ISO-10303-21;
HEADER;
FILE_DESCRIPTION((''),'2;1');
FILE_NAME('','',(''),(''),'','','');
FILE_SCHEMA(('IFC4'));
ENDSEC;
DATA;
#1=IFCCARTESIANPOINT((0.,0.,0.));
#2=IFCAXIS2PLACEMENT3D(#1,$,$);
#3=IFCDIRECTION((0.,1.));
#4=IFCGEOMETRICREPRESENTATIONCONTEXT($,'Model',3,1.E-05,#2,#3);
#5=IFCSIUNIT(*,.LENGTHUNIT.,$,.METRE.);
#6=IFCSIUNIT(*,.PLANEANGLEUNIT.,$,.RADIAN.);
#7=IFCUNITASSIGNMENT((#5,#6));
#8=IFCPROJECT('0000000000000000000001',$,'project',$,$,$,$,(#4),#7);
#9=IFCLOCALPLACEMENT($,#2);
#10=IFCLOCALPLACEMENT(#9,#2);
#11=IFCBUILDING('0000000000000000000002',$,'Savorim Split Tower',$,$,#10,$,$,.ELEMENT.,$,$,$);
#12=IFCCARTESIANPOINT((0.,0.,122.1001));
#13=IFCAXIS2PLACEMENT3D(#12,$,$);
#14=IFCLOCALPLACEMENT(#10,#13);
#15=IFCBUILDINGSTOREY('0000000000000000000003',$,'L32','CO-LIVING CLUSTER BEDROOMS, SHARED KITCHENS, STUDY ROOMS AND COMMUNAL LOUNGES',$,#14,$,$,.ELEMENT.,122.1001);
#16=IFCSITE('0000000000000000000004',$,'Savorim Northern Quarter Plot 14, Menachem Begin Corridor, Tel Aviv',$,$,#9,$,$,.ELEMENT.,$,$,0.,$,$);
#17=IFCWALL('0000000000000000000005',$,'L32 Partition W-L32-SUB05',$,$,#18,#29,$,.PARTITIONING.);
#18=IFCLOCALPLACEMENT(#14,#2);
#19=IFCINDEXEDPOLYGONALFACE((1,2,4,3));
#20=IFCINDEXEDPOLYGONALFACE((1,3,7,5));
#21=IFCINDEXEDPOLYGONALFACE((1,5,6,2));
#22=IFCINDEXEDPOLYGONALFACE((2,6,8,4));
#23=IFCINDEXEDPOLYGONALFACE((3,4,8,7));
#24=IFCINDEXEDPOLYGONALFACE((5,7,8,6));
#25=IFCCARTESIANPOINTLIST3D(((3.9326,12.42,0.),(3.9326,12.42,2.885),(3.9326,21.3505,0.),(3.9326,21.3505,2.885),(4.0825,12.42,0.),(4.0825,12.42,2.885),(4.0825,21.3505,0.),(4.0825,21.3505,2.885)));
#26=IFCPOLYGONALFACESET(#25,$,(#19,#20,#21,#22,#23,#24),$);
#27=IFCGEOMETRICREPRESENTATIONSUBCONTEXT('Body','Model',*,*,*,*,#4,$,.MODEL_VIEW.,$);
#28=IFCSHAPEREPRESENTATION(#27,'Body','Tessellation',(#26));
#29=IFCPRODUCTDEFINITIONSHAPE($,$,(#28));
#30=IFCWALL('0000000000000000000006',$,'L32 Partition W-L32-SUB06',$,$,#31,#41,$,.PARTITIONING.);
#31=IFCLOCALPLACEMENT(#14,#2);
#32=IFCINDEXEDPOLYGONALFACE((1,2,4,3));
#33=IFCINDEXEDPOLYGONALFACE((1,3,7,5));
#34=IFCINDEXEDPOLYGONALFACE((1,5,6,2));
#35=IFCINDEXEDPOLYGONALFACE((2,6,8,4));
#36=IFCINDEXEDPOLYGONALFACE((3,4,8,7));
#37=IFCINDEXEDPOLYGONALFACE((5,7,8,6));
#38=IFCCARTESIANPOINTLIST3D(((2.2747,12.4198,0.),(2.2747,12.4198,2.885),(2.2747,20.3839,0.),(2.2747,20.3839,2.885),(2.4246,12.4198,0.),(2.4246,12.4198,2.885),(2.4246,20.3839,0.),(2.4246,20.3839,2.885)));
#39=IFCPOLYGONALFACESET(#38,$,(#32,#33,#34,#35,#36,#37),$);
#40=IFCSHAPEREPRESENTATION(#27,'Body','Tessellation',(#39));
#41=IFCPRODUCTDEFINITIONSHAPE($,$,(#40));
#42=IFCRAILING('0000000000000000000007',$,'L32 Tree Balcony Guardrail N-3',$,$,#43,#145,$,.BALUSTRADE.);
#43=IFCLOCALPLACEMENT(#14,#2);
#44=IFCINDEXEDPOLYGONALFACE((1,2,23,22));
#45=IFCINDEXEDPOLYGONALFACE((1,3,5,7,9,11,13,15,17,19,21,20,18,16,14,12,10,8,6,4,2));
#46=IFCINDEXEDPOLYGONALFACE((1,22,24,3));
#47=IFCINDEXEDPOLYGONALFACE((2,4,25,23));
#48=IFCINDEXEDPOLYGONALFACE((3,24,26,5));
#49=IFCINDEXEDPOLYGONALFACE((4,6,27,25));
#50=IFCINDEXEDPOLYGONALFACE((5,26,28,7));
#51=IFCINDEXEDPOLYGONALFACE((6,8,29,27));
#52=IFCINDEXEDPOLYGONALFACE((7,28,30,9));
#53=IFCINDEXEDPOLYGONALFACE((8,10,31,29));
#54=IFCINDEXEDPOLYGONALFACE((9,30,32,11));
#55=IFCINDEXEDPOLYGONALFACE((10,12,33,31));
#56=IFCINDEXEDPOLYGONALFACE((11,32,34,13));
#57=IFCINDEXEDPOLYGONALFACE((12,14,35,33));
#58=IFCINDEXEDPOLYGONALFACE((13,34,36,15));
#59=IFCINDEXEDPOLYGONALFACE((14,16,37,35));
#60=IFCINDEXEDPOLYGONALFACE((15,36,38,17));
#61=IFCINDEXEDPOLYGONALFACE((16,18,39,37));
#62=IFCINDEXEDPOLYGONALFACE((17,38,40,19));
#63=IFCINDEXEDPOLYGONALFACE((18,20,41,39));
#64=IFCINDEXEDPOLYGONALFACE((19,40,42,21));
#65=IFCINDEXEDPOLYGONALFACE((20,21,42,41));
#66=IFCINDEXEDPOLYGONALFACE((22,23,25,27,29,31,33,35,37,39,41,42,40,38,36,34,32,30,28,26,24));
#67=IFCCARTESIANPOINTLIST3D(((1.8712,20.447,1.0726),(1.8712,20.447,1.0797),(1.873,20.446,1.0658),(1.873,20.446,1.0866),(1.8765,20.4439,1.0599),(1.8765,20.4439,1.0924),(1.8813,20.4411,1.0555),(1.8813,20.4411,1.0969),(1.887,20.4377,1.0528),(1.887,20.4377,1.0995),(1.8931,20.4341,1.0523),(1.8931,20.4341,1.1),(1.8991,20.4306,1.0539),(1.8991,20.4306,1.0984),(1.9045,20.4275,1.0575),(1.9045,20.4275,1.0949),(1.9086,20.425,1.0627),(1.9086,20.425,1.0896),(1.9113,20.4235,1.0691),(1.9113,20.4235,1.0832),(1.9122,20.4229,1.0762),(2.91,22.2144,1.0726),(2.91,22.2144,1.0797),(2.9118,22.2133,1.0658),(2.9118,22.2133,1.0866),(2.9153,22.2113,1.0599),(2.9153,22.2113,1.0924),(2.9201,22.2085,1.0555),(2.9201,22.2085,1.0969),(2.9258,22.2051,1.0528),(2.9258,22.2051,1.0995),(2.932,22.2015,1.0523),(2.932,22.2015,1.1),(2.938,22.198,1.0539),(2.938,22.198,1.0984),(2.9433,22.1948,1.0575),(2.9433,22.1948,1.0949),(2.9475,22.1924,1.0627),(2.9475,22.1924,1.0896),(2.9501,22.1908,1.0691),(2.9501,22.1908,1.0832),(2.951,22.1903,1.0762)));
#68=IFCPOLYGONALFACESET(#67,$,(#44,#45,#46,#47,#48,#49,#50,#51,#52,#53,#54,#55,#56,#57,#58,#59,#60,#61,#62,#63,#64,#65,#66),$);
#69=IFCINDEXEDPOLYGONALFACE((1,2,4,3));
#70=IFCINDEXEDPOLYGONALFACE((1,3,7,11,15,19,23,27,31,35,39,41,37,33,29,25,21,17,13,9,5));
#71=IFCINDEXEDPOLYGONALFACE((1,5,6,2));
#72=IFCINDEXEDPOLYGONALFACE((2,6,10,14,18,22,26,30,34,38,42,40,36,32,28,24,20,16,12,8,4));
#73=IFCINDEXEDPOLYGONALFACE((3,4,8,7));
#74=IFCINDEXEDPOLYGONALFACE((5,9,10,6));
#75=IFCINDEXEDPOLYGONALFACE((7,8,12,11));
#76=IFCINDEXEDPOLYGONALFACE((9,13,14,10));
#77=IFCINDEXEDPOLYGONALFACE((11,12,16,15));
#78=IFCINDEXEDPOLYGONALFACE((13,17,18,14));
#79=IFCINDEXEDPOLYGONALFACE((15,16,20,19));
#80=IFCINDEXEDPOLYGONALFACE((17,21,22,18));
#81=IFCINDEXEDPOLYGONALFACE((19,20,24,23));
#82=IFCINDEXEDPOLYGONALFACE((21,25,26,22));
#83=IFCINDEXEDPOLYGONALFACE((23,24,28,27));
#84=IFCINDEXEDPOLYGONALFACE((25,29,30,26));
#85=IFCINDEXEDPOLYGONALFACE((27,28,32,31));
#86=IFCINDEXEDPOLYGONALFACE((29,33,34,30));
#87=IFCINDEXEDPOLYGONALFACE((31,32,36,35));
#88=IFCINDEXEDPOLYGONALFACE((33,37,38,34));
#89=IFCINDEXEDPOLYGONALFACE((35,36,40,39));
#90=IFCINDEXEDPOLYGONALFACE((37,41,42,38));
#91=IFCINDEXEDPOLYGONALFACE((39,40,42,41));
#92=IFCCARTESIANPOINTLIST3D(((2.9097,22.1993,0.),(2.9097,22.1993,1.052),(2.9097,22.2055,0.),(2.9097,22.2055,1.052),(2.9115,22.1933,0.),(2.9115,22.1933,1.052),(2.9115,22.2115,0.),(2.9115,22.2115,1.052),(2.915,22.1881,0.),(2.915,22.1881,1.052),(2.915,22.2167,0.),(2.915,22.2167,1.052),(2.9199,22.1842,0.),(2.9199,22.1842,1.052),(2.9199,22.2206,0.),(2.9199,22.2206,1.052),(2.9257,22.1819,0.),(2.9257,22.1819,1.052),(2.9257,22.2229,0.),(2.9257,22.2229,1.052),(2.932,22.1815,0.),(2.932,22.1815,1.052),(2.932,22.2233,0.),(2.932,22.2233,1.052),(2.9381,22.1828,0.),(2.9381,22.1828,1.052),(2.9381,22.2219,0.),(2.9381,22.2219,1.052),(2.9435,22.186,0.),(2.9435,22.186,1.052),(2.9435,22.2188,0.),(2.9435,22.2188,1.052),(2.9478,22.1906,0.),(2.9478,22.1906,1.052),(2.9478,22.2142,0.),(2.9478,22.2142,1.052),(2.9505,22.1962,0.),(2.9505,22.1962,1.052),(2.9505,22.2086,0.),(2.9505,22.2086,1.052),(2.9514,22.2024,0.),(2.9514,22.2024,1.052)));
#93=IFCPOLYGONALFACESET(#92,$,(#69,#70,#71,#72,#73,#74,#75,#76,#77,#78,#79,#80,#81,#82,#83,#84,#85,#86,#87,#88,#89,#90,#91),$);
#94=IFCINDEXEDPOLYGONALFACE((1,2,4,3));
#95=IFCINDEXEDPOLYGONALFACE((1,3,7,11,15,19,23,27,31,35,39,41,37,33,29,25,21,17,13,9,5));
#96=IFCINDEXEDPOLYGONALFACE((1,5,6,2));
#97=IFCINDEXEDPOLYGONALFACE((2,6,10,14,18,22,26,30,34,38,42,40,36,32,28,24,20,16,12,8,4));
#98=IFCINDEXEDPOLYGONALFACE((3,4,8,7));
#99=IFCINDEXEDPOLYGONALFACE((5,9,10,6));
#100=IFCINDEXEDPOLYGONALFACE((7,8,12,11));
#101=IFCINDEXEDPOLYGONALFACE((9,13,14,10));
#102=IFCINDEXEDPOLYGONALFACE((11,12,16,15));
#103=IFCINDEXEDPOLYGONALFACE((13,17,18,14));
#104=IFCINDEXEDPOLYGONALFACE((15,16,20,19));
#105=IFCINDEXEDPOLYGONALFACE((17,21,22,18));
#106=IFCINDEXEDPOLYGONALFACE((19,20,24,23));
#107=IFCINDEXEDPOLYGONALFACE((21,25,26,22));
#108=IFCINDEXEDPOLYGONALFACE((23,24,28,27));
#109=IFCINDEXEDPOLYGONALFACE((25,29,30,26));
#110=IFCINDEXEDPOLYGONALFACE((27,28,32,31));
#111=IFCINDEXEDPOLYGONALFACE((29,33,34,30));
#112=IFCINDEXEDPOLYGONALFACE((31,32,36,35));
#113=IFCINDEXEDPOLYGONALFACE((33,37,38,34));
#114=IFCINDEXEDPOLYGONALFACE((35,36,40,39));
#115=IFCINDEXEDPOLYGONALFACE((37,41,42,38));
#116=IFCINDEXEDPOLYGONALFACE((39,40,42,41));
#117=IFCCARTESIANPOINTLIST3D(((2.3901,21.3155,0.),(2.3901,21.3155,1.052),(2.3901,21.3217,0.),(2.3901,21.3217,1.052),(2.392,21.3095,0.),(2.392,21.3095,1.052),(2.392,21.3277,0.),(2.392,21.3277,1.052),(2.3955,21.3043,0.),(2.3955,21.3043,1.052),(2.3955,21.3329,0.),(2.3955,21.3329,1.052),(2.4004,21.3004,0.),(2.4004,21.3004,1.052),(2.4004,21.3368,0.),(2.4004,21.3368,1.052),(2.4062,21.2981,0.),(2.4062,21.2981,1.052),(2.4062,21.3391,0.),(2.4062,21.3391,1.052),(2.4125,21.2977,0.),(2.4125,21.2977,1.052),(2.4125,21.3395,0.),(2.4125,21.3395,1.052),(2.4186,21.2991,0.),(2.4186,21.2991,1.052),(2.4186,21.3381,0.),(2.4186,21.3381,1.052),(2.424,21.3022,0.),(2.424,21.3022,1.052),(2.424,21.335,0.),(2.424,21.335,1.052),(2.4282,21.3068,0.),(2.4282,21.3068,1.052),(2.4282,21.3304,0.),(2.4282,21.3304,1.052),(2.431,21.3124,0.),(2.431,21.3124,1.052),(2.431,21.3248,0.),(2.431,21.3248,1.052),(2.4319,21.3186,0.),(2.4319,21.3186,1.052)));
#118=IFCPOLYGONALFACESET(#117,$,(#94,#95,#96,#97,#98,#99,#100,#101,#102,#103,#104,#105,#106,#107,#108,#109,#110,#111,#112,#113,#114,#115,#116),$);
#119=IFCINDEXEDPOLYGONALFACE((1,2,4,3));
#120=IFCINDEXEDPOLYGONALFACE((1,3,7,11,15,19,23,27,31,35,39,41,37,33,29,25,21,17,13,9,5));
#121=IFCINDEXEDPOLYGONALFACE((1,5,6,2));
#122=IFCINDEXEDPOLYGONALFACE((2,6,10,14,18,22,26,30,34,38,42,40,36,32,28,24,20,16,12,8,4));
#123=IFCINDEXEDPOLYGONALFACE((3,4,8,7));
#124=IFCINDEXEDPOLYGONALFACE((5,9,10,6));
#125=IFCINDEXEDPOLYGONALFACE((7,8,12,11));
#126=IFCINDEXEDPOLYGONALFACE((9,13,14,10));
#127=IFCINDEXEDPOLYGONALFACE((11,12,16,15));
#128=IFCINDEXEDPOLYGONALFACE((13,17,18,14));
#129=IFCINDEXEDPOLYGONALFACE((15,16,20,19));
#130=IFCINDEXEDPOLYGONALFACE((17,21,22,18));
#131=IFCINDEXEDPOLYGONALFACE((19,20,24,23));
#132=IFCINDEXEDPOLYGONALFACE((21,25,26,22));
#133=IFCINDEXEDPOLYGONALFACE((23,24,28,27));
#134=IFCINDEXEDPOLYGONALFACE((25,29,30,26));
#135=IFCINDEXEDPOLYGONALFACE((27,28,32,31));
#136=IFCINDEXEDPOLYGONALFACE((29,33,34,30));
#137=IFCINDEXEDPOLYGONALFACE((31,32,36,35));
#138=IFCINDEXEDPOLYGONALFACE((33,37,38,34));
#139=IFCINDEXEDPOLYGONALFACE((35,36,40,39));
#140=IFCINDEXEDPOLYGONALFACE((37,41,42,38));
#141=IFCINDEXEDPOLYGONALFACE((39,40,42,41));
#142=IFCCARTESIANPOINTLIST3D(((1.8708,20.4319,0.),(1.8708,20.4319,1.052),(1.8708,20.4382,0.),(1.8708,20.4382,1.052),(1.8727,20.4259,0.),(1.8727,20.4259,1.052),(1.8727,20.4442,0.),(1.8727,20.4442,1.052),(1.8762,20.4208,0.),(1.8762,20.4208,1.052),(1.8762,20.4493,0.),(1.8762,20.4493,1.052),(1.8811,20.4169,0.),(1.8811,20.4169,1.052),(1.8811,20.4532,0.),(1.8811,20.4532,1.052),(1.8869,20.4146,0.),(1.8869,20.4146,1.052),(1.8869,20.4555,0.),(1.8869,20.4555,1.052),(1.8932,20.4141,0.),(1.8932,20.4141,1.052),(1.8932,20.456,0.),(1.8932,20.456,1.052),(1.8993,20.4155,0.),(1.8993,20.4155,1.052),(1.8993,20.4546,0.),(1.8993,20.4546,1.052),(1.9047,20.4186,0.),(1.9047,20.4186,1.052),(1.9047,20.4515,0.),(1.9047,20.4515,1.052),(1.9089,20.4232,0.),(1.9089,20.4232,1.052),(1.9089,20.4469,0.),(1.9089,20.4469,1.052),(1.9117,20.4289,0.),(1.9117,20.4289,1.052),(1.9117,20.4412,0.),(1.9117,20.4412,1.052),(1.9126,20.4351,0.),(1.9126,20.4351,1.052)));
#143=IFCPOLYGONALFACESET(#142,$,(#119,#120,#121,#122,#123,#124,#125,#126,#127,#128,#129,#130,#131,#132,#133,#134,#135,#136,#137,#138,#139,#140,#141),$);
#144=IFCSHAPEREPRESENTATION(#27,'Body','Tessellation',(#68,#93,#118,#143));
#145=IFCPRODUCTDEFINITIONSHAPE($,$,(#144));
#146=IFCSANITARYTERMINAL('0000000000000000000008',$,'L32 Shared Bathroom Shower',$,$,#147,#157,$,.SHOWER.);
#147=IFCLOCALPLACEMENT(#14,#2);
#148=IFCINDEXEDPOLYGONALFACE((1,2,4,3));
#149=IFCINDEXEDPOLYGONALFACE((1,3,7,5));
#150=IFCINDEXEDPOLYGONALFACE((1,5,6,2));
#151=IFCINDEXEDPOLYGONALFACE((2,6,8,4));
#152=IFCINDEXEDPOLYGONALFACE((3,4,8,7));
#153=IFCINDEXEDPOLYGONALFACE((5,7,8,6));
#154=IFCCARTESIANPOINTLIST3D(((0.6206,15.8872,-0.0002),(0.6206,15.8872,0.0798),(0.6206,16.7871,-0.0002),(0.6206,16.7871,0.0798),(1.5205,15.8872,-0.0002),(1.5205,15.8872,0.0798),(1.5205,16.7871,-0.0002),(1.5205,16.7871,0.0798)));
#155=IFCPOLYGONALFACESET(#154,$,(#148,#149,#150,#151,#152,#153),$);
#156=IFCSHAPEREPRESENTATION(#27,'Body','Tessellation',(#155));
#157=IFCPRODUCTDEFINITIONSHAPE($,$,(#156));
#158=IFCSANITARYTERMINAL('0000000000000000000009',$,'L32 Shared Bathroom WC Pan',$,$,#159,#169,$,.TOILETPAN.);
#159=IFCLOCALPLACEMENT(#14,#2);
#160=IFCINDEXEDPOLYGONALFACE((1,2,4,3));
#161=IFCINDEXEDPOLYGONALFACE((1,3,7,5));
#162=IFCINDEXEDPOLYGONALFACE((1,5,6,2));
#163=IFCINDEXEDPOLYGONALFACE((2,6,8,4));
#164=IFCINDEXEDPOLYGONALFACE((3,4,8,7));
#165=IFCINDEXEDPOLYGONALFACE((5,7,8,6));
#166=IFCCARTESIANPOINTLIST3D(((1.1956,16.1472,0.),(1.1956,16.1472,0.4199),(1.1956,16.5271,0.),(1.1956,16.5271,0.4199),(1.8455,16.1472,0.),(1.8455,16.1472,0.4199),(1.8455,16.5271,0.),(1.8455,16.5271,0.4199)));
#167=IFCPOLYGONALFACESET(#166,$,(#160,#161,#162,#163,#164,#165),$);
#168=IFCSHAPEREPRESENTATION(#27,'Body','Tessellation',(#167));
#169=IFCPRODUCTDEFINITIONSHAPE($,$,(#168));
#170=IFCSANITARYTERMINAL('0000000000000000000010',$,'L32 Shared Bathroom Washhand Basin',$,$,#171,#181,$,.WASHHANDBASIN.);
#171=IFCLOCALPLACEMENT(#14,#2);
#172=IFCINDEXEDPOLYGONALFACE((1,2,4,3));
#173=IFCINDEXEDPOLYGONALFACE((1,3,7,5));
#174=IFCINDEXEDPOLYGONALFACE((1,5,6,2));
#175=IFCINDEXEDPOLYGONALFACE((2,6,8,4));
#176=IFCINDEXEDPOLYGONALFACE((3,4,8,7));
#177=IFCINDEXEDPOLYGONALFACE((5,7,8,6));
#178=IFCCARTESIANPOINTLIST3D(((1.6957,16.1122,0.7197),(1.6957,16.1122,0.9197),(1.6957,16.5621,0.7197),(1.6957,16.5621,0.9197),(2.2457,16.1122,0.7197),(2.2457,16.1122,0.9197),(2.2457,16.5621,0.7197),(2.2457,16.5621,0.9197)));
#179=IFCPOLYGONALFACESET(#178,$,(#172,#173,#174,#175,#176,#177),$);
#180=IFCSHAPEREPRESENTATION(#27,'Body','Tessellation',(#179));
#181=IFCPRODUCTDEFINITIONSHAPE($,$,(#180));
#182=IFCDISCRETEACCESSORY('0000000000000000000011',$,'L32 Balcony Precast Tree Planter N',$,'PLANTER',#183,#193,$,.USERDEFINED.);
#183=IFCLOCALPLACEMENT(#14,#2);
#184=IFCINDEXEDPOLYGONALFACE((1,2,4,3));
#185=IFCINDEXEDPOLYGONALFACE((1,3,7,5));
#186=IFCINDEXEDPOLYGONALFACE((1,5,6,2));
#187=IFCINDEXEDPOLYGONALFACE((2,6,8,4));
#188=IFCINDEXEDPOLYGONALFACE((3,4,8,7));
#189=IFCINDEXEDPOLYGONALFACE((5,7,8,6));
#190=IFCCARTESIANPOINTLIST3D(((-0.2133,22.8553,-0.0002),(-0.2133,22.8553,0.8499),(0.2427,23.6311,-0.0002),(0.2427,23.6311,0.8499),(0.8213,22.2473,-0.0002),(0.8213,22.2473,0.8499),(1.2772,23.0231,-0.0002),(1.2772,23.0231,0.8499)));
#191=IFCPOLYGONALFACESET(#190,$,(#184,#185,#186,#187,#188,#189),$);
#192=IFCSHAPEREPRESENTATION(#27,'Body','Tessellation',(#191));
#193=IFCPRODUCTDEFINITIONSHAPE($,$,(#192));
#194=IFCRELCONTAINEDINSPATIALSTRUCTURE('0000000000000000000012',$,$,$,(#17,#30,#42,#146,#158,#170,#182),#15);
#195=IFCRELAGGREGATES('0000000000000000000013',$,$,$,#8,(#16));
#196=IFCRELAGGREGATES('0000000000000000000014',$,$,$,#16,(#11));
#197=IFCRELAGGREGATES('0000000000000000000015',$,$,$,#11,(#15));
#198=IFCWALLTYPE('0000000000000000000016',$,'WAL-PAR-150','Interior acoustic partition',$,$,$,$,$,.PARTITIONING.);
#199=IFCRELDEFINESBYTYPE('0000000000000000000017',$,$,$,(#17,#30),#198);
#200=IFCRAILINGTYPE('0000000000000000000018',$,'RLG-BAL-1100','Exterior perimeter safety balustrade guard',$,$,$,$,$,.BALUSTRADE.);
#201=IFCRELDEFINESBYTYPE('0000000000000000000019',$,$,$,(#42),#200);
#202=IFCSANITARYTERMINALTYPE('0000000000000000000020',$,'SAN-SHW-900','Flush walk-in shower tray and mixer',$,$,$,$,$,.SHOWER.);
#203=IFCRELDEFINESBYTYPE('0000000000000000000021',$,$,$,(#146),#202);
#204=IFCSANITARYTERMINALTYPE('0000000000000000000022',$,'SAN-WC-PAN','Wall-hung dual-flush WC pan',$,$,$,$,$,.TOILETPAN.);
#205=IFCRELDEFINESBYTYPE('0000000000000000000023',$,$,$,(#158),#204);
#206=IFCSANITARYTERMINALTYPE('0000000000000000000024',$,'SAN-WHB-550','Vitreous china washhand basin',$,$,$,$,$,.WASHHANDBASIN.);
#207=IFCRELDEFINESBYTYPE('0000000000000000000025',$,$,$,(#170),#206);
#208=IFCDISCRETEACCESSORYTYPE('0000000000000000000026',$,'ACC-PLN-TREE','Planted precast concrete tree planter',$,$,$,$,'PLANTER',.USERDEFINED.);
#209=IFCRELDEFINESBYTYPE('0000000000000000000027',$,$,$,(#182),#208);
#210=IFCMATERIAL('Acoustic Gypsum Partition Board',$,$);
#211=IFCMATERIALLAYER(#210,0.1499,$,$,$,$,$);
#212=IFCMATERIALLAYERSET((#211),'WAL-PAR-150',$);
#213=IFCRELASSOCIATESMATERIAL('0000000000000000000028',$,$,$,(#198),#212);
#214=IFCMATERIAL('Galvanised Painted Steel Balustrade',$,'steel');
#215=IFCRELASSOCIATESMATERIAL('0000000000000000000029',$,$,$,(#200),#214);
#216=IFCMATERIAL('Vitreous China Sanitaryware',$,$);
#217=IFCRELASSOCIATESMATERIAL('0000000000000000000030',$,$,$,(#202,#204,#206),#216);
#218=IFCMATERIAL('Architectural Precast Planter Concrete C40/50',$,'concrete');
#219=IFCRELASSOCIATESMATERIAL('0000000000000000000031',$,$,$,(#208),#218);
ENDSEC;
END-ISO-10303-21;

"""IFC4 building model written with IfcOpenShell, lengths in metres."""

from ifc_helpers import new_model, si_unit, direction, frame, frame_2d, origin, origin_2d, place, context, subcontext, project, spatial, rectangle, circle, extrude, material, layer, layer_set, type_object, element, save


model = new_model("IFC4")

# Units and contexts
model_context = context("Model", 3, precision=1e-05, world=origin(), true_north=direction((0.0, 1.0)))
body_context = subcontext(model_context, "Body", "Model", "MODEL_VIEW")
ifc_project = project(units=[si_unit("LENGTHUNIT", "METRE"), si_unit("PLANEANGLEUNIT", "RADIAN")], contexts=[model_context])

# Site, building, storey
site_placement = place(None, origin())
site = spatial("IfcSite", under=ifc_project, at=site_placement, Name="Savorim Northern Quarter Plot 14, Menachem Begin Corridor, Tel Aviv", CompositionType="ELEMENT", RefElevation=0.0)
building_placement = place(site_placement, origin())
building = spatial("IfcBuilding", under=site, at=building_placement, Name="Savorim Split Tower", CompositionType="ELEMENT")
storey_placement = place(building_placement, frame((0.0, 0.0, 122.1001)))
storey = spatial("IfcBuildingStorey", under=building, at=storey_placement, Name="L32", Description="CO-LIVING CLUSTER BEDROOMS, SHARED KITCHENS, STUDY ROOMS AND COMMUNAL LOUNGES", CompositionType="ELEMENT", Elevation=122.1001)

# Walls
ifc_material_1 = material(Name="Acoustic Gypsum Partition Board")
ifc_layer_1 = layer(ifc_material_1, 0.1499)
ifc_layer_set_1 = layer_set([ifc_layer_1], Name="WAL-PAR-150")
wall_type_1 = type_object("IfcWallType", Name="WAL-PAR-150", Description="Interior acoustic partition", PredefinedType="PARTITIONING", material=ifc_layer_set_1)
wall_1_placement = place(storey_placement, frame((4.0076, 12.4199, 0.0), z_axis=(0.0, 0.0, 1.0), x_axis=(0.0, 1.0, 0.0)))
element("IfcWall", 1, at=wall_1_placement, inside=storey, type_object=wall_type_1, Name="L32 Partition W-L32-SUB05", PredefinedType="PARTITIONING", context=body_context, shape_type="SweptSolid", body=[
    extrude(rectangle(XDim=8.9304, YDim=0.1499, at=frame_2d((4.4653, 0.0))), origin(), (0.0, 0.0, 1.0), 2.885),
])
wall_2_placement = place(storey_placement, frame((2.3496, 12.4199, 0.0), z_axis=(0.0, 0.0, 1.0), x_axis=(0.0, 1.0, 0.0)))
element("IfcWall", 2, at=wall_2_placement, inside=storey, type_object=wall_type_1, Name="L32 Partition W-L32-SUB06", PredefinedType="PARTITIONING", context=body_context, shape_type="SweptSolid", body=[
    extrude(rectangle(XDim=7.9641, YDim=0.1499, at=frame_2d((3.9819, 0.0))), origin(), (0.0, 0.0, 1.0), 2.885),
])

# Railing
ifc_material_2 = material(Name="Galvanised Painted Steel Balustrade", Category="steel")
railing_type = type_object("IfcRailingType", Name="RLG-BAL-1100", Description="Exterior perimeter safety balustrade guard", PredefinedType="BALUSTRADE", material=ifc_material_2)
railing_placement = place(storey_placement, frame((2.9304, 22.2024, 0.0)))
element("IfcRailing", 3, at=railing_placement, inside=storey, type_object=railing_type, Name="L32 Tree Balcony Guardrail N-3", PredefinedType="BALUSTRADE", context=body_context, shape_type="SweptSolid", body=[
    extrude(circle(Radius=0.0239, at=origin_2d()), frame((0.0, 0.0, 1.0762), z_axis=(-0.506734, -0.862103, 0.0), x_axis=(0.862103, -0.506734, 0.0)), (0.0, 0.0, 1.0), 2.05),
    extrude(circle(Radius=0.021, at=origin_2d()), origin(), (0.0, 0.0, 1.0), 1.052),
    extrude(circle(Radius=0.021, at=origin_2d()), frame((-0.5195, -0.8838, 0.0)), (0.0, 0.0, 1.0), 1.052),
    extrude(circle(Radius=0.021, at=origin_2d()), frame((-1.0388, -1.7673, 0.0)), (0.0, 0.0, 1.0), 1.052),
])

# Sanitary terminals
ifc_material_3 = material(Name="Vitreous China Sanitaryware")
sanitary_terminal_type_1 = type_object("IfcSanitaryTerminalType", Name="SAN-SHW-900", Description="Flush walk-in shower tray and mixer", PredefinedType="SHOWER", material=ifc_material_3)
sanitary_terminal_1_placement = place(storey_placement, frame((1.0706, 16.3372, -0.0002), z_axis=(0.0, 0.0, 1.0), x_axis=(1.0, 0.0, 0.0)))
element("IfcSanitaryTerminal", 4, at=sanitary_terminal_1_placement, inside=storey, type_object=sanitary_terminal_type_1, Name="L32 Shared Bathroom Shower", PredefinedType="SHOWER", context=body_context, shape_type="SweptSolid", body=[
    extrude(rectangle(XDim=0.8999, YDim=0.8999, at=origin_2d()), origin(), (0.0, 0.0, 1.0), 0.0801),
])
sanitary_terminal_type_2 = type_object("IfcSanitaryTerminalType", Name="SAN-WC-PAN", Description="Wall-hung dual-flush WC pan", PredefinedType="TOILETPAN", material=ifc_material_3)
sanitary_terminal_2_placement = place(storey_placement, frame((1.5205, 16.3372, 0.0), z_axis=(0.0, 0.0, 1.0), x_axis=(1.0, 0.0, 0.0)))
element("IfcSanitaryTerminal", 5, at=sanitary_terminal_2_placement, inside=storey, type_object=sanitary_terminal_type_2, Name="L32 Shared Bathroom WC Pan", PredefinedType="TOILETPAN", context=body_context, shape_type="SweptSolid", body=[
    extrude(rectangle(XDim=0.6499, YDim=0.3799, at=origin_2d()), origin(), (0.0, 0.0, 1.0), 0.4199),
])
sanitary_terminal_type_3 = type_object("IfcSanitaryTerminalType", Name="SAN-WHB-550", Description="Vitreous china washhand basin", PredefinedType="WASHHANDBASIN", material=ifc_material_3)
sanitary_terminal_3_placement = place(storey_placement, frame((1.9707, 16.3372, 0.7197), z_axis=(0.0, 0.0, 1.0), x_axis=(1.0, 0.0, 0.0)))
element("IfcSanitaryTerminal", 6, at=sanitary_terminal_3_placement, inside=storey, type_object=sanitary_terminal_type_3, Name="L32 Shared Bathroom Washhand Basin", PredefinedType="WASHHANDBASIN", context=body_context, shape_type="SweptSolid", body=[
    extrude(rectangle(XDim=0.55, YDim=0.45, at=origin_2d()), origin(), (0.0, 0.0, 1.0), 0.2),
])

# Discrete accessory
ifc_material_4 = material(Name="Architectural Precast Planter Concrete C40/50", Category="concrete")
discrete_accessory_type = type_object("IfcDiscreteAccessoryType", Name="ACC-PLN-TREE", Description="Planted precast concrete tree planter", ElementType="PLANTER", PredefinedType="USERDEFINED", material=ifc_material_4)
discrete_accessory_placement = place(storey_placement, frame((0.532, 22.9392, -0.0002), z_axis=(0.0, 0.0, 1.0), x_axis=(-0.862129, 0.506688, 0.0)))
element("IfcDiscreteAccessory", 7, at=discrete_accessory_placement, inside=storey, type_object=discrete_accessory_type, Name="L32 Balcony Precast Tree Planter N", ObjectType="PLANTER", PredefinedType="USERDEFINED", context=body_context, shape_type="SweptSolid", body=[
    extrude(rectangle(XDim=1.2, YDim=0.8999, at=origin_2d()), origin(), (0.0, 0.0, 1.0), 0.8501),
])

save(model, "model.ifc")
